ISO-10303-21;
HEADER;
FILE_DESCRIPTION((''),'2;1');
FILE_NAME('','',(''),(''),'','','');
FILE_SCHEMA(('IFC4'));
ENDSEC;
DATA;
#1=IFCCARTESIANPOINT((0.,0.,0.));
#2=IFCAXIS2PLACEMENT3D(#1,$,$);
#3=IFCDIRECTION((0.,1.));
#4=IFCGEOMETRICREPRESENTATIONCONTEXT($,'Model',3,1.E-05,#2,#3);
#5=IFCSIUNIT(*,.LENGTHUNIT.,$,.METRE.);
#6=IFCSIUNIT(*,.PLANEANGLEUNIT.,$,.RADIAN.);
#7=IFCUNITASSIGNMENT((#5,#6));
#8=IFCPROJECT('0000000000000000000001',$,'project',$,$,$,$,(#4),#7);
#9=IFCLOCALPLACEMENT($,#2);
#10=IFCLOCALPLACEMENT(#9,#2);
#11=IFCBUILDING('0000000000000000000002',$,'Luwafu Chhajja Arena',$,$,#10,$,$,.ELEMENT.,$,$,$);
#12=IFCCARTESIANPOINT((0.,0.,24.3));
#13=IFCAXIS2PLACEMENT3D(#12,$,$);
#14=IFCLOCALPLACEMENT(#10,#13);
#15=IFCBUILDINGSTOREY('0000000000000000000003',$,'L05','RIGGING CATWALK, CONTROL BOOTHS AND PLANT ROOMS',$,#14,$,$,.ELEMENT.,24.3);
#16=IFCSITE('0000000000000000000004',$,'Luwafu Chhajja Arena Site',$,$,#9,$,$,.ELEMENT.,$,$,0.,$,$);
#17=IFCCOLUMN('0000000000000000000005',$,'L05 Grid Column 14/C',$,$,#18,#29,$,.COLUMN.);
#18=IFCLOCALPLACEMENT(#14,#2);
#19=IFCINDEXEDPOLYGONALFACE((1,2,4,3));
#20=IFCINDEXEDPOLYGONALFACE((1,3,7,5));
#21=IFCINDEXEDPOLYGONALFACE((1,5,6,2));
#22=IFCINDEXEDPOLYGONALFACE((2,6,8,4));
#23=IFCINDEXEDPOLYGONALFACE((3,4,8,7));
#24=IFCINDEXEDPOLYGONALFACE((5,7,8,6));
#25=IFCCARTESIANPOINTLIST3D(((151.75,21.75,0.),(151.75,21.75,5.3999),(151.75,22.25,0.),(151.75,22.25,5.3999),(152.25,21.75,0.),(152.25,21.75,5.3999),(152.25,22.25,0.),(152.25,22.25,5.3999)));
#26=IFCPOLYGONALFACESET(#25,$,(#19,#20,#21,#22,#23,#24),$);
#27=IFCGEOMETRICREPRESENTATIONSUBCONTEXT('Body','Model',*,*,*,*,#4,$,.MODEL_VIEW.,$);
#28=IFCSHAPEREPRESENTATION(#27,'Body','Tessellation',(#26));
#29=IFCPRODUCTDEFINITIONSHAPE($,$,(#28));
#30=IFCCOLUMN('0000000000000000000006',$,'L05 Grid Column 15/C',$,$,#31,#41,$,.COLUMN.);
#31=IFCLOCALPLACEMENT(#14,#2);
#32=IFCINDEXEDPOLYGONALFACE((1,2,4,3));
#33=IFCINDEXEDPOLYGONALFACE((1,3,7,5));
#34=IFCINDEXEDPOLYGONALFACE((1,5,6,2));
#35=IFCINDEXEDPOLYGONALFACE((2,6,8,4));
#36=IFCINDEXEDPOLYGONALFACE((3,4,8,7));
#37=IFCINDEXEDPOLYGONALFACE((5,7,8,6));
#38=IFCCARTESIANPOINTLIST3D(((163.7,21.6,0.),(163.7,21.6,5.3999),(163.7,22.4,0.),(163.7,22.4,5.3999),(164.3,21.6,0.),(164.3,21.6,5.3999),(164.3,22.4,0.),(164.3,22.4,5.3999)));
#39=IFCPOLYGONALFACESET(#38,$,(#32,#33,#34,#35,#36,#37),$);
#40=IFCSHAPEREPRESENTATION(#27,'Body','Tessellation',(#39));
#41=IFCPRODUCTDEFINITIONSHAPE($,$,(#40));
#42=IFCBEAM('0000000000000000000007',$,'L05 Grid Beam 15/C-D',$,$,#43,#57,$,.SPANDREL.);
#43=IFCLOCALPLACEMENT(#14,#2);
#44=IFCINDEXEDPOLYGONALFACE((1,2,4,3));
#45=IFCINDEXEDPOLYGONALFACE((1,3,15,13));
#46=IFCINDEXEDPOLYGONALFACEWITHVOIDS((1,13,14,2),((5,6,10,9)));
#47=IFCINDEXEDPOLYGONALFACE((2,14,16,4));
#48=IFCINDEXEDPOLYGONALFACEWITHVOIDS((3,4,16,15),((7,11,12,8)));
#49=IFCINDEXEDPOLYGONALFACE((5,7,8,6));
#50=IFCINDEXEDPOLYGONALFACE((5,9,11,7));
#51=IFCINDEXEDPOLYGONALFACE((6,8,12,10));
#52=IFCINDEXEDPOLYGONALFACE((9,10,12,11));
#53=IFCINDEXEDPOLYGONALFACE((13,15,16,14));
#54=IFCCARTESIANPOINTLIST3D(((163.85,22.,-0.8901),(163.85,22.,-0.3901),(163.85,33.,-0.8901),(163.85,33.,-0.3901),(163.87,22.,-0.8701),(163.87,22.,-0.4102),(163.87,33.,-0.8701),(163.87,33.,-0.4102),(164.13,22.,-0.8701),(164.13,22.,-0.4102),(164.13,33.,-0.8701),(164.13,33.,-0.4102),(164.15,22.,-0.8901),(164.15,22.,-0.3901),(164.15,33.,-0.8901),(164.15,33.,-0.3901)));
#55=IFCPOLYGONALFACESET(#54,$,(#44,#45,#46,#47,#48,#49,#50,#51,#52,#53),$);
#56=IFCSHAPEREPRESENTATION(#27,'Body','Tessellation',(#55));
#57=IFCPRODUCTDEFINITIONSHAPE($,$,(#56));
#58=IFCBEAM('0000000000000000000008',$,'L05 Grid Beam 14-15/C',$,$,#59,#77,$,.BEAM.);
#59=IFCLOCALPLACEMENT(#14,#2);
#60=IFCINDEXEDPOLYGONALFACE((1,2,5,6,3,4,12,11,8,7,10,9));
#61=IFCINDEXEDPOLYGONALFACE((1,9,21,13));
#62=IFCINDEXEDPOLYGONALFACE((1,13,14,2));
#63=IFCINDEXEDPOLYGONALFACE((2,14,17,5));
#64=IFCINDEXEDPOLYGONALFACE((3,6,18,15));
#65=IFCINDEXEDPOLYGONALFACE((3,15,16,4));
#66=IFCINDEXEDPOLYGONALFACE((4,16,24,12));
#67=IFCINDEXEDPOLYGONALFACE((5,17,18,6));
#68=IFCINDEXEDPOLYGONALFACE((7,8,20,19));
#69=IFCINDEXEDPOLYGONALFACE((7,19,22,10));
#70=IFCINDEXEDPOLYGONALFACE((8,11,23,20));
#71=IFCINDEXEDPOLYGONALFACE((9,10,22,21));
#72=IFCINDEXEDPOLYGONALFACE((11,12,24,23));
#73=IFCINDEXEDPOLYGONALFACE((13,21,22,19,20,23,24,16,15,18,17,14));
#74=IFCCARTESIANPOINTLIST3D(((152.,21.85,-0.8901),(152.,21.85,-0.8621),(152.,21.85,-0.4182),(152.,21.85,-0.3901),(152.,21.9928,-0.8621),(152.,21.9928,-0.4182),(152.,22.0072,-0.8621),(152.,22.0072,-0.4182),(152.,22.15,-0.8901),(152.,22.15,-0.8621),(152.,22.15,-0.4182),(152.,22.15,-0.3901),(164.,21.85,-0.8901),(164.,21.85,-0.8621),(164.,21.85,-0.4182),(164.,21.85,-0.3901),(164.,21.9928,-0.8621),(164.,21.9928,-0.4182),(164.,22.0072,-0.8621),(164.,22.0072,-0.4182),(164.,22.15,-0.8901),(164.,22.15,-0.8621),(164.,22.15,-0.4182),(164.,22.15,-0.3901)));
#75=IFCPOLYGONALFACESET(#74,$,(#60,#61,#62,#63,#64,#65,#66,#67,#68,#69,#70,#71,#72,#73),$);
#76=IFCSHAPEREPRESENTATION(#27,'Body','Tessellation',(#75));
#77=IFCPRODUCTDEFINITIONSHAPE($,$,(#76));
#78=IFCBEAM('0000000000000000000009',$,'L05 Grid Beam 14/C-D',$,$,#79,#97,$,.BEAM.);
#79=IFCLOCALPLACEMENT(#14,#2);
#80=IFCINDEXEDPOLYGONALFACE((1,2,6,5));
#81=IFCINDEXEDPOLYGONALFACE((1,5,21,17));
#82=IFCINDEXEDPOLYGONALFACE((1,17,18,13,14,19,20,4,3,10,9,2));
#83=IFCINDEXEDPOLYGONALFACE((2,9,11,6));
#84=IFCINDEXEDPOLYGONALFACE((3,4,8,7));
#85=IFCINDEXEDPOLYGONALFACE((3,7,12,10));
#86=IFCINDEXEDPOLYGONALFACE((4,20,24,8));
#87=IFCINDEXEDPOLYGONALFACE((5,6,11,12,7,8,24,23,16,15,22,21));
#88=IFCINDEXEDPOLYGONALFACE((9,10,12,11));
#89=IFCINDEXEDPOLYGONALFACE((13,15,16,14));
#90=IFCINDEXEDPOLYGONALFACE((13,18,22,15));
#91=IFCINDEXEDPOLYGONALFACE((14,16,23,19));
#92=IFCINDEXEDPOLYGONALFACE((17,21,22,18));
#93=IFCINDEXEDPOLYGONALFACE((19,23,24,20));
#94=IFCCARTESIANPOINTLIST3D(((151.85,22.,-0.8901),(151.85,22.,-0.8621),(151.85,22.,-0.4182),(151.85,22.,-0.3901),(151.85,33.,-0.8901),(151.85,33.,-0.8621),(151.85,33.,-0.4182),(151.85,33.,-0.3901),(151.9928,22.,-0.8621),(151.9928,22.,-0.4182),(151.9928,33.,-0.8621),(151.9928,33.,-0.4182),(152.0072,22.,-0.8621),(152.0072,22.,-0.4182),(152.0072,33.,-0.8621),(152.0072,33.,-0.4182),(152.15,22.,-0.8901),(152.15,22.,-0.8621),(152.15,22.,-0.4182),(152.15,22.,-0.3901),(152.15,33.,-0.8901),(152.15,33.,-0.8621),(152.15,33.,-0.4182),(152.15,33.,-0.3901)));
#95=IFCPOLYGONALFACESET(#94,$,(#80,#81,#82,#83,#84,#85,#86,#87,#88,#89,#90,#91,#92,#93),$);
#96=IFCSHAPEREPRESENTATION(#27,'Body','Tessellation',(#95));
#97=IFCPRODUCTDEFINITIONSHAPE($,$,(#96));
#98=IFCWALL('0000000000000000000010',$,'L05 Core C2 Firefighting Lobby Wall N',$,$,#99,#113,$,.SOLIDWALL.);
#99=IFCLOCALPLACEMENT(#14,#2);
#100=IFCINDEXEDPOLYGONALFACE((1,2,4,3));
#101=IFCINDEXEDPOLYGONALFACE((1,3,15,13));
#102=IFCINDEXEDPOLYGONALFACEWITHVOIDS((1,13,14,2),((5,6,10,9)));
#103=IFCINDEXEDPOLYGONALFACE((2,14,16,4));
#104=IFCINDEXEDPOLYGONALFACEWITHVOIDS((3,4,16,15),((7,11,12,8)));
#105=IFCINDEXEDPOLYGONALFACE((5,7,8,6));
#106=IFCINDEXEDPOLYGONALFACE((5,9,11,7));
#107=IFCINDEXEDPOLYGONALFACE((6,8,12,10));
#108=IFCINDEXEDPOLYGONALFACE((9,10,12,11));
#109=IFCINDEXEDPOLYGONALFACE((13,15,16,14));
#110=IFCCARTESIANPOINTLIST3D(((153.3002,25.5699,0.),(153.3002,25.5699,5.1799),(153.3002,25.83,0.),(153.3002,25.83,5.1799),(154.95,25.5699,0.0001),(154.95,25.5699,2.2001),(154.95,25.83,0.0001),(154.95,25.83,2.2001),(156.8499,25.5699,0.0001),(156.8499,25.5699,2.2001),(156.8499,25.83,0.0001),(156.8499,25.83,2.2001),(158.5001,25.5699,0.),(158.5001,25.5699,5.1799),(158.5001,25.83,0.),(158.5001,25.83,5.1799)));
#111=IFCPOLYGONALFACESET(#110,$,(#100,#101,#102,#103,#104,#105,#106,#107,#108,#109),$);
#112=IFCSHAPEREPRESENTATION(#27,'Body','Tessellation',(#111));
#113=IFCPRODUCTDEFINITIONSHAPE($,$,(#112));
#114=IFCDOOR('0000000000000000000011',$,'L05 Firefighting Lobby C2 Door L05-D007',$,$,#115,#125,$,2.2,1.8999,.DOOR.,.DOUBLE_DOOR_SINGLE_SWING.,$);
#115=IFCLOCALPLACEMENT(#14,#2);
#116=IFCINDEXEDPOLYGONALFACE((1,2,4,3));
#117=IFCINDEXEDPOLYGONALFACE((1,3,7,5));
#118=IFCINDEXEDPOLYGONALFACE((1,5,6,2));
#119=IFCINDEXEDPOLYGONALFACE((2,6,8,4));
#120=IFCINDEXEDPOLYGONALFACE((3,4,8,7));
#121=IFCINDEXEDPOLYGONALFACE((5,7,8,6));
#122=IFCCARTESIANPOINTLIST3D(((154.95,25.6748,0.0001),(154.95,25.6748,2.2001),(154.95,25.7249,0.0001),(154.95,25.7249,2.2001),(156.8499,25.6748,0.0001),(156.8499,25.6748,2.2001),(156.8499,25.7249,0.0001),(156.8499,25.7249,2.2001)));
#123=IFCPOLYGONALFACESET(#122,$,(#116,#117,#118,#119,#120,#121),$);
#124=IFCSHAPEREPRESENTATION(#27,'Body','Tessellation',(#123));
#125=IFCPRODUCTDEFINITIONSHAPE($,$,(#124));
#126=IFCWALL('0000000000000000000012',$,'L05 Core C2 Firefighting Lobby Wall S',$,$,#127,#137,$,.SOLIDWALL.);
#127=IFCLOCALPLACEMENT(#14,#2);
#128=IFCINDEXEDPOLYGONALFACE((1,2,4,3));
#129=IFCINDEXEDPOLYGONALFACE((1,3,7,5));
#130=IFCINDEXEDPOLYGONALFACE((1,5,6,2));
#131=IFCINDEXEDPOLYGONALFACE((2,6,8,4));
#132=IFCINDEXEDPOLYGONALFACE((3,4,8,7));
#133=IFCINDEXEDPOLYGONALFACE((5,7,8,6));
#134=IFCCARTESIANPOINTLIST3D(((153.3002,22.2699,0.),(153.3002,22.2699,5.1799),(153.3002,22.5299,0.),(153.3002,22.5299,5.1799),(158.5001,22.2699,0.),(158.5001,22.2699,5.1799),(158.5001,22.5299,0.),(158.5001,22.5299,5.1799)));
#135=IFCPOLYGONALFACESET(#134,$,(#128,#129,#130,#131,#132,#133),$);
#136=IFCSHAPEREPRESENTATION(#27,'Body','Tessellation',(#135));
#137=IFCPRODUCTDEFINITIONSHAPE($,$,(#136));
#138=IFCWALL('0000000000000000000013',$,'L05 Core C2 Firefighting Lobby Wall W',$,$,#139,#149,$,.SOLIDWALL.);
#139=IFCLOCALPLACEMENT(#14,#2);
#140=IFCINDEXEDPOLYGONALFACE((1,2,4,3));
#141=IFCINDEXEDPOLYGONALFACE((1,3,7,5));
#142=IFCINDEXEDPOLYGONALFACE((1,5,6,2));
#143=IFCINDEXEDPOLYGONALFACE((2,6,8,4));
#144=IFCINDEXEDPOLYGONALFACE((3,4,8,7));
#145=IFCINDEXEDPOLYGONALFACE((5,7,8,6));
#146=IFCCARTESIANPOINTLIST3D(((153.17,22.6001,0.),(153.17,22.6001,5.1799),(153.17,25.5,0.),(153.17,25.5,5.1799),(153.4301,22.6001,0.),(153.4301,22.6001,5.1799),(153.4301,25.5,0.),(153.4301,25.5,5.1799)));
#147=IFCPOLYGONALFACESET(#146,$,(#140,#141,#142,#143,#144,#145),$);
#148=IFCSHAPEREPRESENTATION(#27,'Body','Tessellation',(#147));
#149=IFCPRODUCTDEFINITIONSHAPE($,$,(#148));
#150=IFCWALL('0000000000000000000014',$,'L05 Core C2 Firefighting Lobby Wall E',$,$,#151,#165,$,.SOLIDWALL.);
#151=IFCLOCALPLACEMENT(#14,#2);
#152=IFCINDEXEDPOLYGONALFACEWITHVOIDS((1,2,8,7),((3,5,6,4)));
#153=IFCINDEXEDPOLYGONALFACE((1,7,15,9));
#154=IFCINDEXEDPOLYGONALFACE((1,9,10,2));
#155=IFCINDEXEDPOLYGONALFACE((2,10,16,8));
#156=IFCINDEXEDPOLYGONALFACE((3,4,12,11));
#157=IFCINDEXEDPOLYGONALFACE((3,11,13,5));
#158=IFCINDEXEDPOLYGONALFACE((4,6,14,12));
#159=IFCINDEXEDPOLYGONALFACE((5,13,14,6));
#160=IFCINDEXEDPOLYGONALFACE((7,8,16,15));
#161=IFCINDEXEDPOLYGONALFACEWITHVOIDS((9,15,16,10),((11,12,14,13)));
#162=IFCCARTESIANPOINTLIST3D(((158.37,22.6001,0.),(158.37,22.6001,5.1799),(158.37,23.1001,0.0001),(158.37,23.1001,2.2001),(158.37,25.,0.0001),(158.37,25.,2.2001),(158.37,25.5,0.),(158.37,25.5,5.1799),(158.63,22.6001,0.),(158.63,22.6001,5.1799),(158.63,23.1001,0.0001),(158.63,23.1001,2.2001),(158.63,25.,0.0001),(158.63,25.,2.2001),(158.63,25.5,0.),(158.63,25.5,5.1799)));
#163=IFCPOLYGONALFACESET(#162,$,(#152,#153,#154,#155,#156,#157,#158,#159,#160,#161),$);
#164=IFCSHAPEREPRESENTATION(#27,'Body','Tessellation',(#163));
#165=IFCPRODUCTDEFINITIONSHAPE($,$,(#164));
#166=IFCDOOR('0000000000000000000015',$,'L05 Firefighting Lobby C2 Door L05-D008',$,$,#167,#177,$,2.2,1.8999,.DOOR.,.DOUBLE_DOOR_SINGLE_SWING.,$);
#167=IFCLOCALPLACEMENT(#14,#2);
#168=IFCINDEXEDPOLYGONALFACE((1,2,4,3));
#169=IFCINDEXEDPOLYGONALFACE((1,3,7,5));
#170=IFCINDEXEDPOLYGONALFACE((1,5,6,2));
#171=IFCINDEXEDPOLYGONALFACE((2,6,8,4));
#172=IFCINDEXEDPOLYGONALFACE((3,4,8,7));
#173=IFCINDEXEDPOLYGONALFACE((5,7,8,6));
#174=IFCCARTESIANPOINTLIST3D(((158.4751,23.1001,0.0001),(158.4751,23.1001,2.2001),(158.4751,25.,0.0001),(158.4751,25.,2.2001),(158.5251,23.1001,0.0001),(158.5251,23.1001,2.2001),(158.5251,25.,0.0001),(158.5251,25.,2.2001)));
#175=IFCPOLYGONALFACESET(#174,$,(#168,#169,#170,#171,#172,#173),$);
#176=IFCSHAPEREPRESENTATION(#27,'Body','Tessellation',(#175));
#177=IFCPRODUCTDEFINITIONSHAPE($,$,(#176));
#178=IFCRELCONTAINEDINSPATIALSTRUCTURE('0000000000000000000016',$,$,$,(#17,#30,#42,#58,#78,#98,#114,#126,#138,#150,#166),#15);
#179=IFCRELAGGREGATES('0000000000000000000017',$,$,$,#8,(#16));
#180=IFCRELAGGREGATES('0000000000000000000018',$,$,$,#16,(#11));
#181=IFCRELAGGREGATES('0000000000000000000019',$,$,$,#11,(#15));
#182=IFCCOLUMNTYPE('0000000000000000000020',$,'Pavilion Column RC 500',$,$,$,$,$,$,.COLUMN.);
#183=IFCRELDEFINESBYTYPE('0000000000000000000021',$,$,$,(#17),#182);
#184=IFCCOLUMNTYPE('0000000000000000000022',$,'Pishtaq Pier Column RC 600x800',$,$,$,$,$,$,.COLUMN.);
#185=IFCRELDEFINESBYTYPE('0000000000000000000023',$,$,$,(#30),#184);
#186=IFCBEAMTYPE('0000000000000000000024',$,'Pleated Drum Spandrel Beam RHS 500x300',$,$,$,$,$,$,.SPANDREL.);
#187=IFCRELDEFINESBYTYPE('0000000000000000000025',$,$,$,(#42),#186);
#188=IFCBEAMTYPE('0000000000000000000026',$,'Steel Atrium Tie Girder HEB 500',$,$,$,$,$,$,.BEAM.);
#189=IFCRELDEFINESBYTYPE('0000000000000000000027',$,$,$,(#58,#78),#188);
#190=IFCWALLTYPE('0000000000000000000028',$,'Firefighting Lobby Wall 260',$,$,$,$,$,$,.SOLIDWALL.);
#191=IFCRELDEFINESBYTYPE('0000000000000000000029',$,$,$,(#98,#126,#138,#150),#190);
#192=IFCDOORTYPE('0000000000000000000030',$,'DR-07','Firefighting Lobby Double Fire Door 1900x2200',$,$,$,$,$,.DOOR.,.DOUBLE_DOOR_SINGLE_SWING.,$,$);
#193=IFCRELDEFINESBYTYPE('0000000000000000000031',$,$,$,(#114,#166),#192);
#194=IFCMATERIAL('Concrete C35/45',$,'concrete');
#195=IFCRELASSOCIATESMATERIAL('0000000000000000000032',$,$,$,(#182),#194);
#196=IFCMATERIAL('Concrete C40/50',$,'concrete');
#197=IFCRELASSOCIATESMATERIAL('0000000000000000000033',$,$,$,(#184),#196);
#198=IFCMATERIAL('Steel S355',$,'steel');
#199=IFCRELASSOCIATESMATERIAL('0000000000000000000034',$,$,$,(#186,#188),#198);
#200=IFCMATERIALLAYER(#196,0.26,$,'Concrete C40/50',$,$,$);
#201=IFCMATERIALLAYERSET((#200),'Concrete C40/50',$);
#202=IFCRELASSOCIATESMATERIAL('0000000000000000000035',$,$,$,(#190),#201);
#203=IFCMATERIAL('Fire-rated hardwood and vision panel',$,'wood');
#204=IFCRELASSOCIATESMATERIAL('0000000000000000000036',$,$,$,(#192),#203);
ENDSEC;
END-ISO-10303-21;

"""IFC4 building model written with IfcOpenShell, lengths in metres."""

from ifc_helpers import new_model, si_unit, direction, frame, frame_2d, origin, origin_2d, place, context, subcontext, project, spatial, rectangle, hollow_rectangle, i_section, extrude, material, layer, layer_set, material_profile, profile_set, type_object, element, fill, save


model = new_model("IFC4")

# Units and contexts
model_context = context("Model", 3, precision=1e-05, world=origin(), true_north=direction((0.0, 1.0)))
body_context = subcontext(model_context, "Body", "Model", "MODEL_VIEW")
ifc_project = project(units=[si_unit("LENGTHUNIT", "METRE"), si_unit("PLANEANGLEUNIT", "RADIAN")], contexts=[model_context])

# Site, building, storey
site_placement = place(None, origin())
site = spatial("IfcSite", under=ifc_project, at=site_placement, Name="Luwafu Chhajja Arena Site", CompositionType="ELEMENT", RefElevation=0.0)
building_placement = place(site_placement, origin())
building = spatial("IfcBuilding", under=site, at=building_placement, Name="Luwafu Chhajja Arena", CompositionType="ELEMENT")
storey_placement = place(building_placement, frame((0.0, 0.0, 24.3)))
storey = spatial("IfcBuildingStorey", under=building, at=storey_placement, Name="L05", Description="RIGGING CATWALK, CONTROL BOOTHS AND PLANT ROOMS", CompositionType="ELEMENT", Elevation=24.3)

# Columns
ifc_material_1 = material(Name="Concrete C35/45", Category="concrete")
ifc_material_profile_1 = material_profile(ifc_material_1, rectangle(XDim=0.5, YDim=0.5, at=origin_2d()), Name="RC 500x500")
ifc_profile_set_1 = profile_set([ifc_material_profile_1], Name="Concrete C35/45")
column_type_1 = type_object("IfcColumnType", Name="Pavilion Column RC 500", PredefinedType="COLUMN", material=ifc_profile_set_1)
column_1_placement = place(storey_placement, frame((152.0, 22.0, 0.0), z_axis=(0.0, 0.0, 1.0), x_axis=(1.0, 0.0, 0.0)))
element("IfcColumn", 1, at=column_1_placement, inside=storey, type_object=column_type_1, Name="L05 Grid Column 14/C", PredefinedType="COLUMN", context=body_context, shape_type="SweptSolid", body=[
    extrude(rectangle(XDim=0.5, YDim=0.5, at=origin_2d()), origin(), (0.0, 0.0, 1.0), 5.3999),
])
ifc_material_2 = material(Name="Concrete C40/50", Category="concrete")
ifc_material_profile_2 = material_profile(ifc_material_2, rectangle(XDim=0.6001, YDim=0.8, at=origin_2d()), Name="RC 600x800")
ifc_profile_set_2 = profile_set([ifc_material_profile_2], Name="Concrete C40/50")
column_type_2 = type_object("IfcColumnType", Name="Pishtaq Pier Column RC 600x800", PredefinedType="COLUMN", material=ifc_profile_set_2)
column_2_placement = place(storey_placement, frame((164.0, 22.0, 0.0), z_axis=(0.0, 0.0, 1.0), x_axis=(1.0, 0.0, 0.0)))
element("IfcColumn", 2, at=column_2_placement, inside=storey, type_object=column_type_2, Name="L05 Grid Column 15/C", PredefinedType="COLUMN", context=body_context, shape_type="SweptSolid", body=[
    extrude(rectangle(XDim=0.6001, YDim=0.8, at=origin_2d()), origin(), (0.0, 0.0, 1.0), 5.3999),
])

# Beams
ifc_material_3 = material(Name="Steel S355", Category="steel")
ifc_material_profile_3 = material_profile(ifc_material_3, hollow_rectangle(XDim=0.3, YDim=0.5, WallThickness=0.02, at=origin_2d()), Name="RHS 500x300x20")
ifc_profile_set_3 = profile_set([ifc_material_profile_3], Name="Steel S355")
beam_type_1 = type_object("IfcBeamType", Name="Pleated Drum Spandrel Beam RHS 500x300", PredefinedType="SPANDREL", material=ifc_profile_set_3)
beam_1_placement = place(storey_placement, frame((164.0, 22.0, -0.6401), z_axis=(0.0, 1.0, 0.0), x_axis=(-1.0, 0.0, 0.0)))
element("IfcBeam", 3, at=beam_1_placement, inside=storey, type_object=beam_type_1, Name="L05 Grid Beam 15/C-D", PredefinedType="SPANDREL", context=body_context, shape_type="SweptSolid", body=[
    extrude(hollow_rectangle(XDim=0.3, YDim=0.5, WallThickness=0.02, at=origin_2d()), origin(), (0.0, 0.0, 1.0), 11.0),
])
ifc_material_profile_4 = material_profile(ifc_material_3, i_section(OverallWidth=0.3, OverallDepth=0.5, WebThickness=0.0144, FlangeThickness=0.0281, at=origin_2d()), Name="HEB 500")
ifc_profile_set_4 = profile_set([ifc_material_profile_4], Name="Steel S355")
beam_type_2 = type_object("IfcBeamType", Name="Steel Atrium Tie Girder HEB 500", PredefinedType="BEAM", material=ifc_profile_set_4)
beam_2_placement = place(storey_placement, frame((152.0, 22.0, -0.6401), z_axis=(1.0, 0.0, 0.0), x_axis=(0.0, 1.0, 0.0)))
element("IfcBeam", 4, at=beam_2_placement, inside=storey, type_object=beam_type_2, Name="L05 Grid Beam 14-15/C", PredefinedType="BEAM", context=body_context, shape_type="SweptSolid", body=[
    extrude(i_section(OverallWidth=0.3, OverallDepth=0.5, WebThickness=0.0144, FlangeThickness=0.0281, at=origin_2d()), origin(), (0.0, 0.0, 1.0), 12.0),
])
beam_3_placement = place(storey_placement, frame((152.0, 22.0, -0.6401), z_axis=(0.0, 1.0, 0.0), x_axis=(-1.0, 0.0, 0.0)))
element("IfcBeam", 5, at=beam_3_placement, inside=storey, type_object=beam_type_2, Name="L05 Grid Beam 14/C-D", PredefinedType="BEAM", context=body_context, shape_type="SweptSolid", body=[
    extrude(i_section(OverallWidth=0.3, OverallDepth=0.5, WebThickness=0.0144, FlangeThickness=0.0281, at=origin_2d()), origin(), (0.0, 0.0, 1.0), 11.0),
])

# Wall, opening, door
ifc_layer_1 = layer(ifc_material_2, 0.26, Name="Concrete C40/50")
ifc_layer_set_1 = layer_set([ifc_layer_1], Name="Concrete C40/50")
wall_type_1 = type_object("IfcWallType", Name="Firefighting Lobby Wall 260", PredefinedType="SOLIDWALL", material=ifc_layer_set_1)
wall_1_placement = place(storey_placement, frame((153.3, 25.7, 0.0), z_axis=(0.0, 0.0, 1.0), x_axis=(1.0, 0.0, 0.0)))
wall_1 = element("IfcWall", 6, at=wall_1_placement, inside=storey, type_object=wall_type_1, Name="L05 Core C2 Firefighting Lobby Wall N", PredefinedType="SOLIDWALL", context=body_context, shape_type="SweptSolid", body=[
    extrude(rectangle(XDim=5.2, YDim=0.26, at=frame_2d((2.6001, 0.0))), origin(), (0.0, 0.0, 1.0), 5.1799),
])
opening_1_placement = place(wall_1_placement, frame((1.6499, 0.0, 0.0)))
opening_1 = element("IfcOpeningElement", 7, at=opening_1_placement, cuts=wall_1, PredefinedType="OPENING", context=body_context, shape_type="SweptSolid", body=[
    extrude(rectangle(XDim=1.8999, YDim=2.2, at=frame_2d((0.95, 1.1001))), frame((0.0, 0.1399, 0.0), z_axis=(0.0, -1.0, 0.0), x_axis=(1.0, 0.0, 0.0)), (0.0, 0.0, 1.0), 0.28),
])
ifc_material_4 = material(Name="Fire-rated hardwood and vision panel", Category="wood")
door_type_1 = type_object("IfcDoorType", Name="DR-07", Description="Firefighting Lobby Double Fire Door 1900x2200", OperationType="DOUBLE_DOOR_SINGLE_SWING", PredefinedType="DOOR", material=ifc_material_4)
door_1_placement = place(opening_1_placement, origin())
door_1 = element("IfcDoor", 8, at=door_1_placement, inside=storey, type_object=door_type_1, Name="L05 Firefighting Lobby C2 Door L05-D007", OperationType="DOUBLE_DOOR_SINGLE_SWING", OverallHeight=2.2, OverallWidth=1.8999, PredefinedType="DOOR", context=body_context, shape_type="SweptSolid", body=[
    extrude(rectangle(XDim=1.8999, YDim=2.2, at=frame_2d((0.95, 1.1001))), frame((0.0, 0.0249, 0.0), z_axis=(0.0, -1.0, 0.0), x_axis=(1.0, 0.0, 0.0)), (0.0, 0.0, 1.0), 0.05),
])
fill(opening_1, door_1)

# Walls
wall_2_placement = place(storey_placement, frame((153.3, 22.3999, 0.0), z_axis=(0.0, 0.0, 1.0), x_axis=(1.0, 0.0, 0.0)))
element("IfcWall", 9, at=wall_2_placement, inside=storey, type_object=wall_type_1, Name="L05 Core C2 Firefighting Lobby Wall S", PredefinedType="SOLIDWALL", context=body_context, shape_type="SweptSolid", body=[
    extrude(rectangle(XDim=5.2, YDim=0.26, at=frame_2d((2.6001, 0.0))), origin(), (0.0, 0.0, 1.0), 5.1799),
])
wall_3_placement = place(storey_placement, frame((153.3, 22.6001, 0.0), z_axis=(0.0, 0.0, 1.0), x_axis=(0.0, 1.0, 0.0)))
element("IfcWall", 10, at=wall_3_placement, inside=storey, type_object=wall_type_1, Name="L05 Core C2 Firefighting Lobby Wall W", PredefinedType="SOLIDWALL", context=body_context, shape_type="SweptSolid", body=[
    extrude(rectangle(XDim=2.8999, YDim=0.26, at=frame_2d((1.45, 0.0))), origin(), (0.0, 0.0, 1.0), 5.1799),
])

# Wall, opening, door
wall_4_placement = place(storey_placement, frame((158.5, 22.6001, 0.0), z_axis=(0.0, 0.0, 1.0), x_axis=(0.0, 1.0, 0.0)))
wall_4 = element("IfcWall", 11, at=wall_4_placement, inside=storey, type_object=wall_type_1, Name="L05 Core C2 Firefighting Lobby Wall E", PredefinedType="SOLIDWALL", context=body_context, shape_type="SweptSolid", body=[
    extrude(rectangle(XDim=2.8999, YDim=0.26, at=frame_2d((1.45, 0.0))), origin(), (0.0, 0.0, 1.0), 5.1799),
])
opening_2_placement = place(wall_4_placement, frame((0.5, 0.0, 0.0)))
opening_2 = element("IfcOpeningElement", 12, at=opening_2_placement, cuts=wall_4, PredefinedType="OPENING", context=body_context, shape_type="SweptSolid", body=[
    extrude(rectangle(XDim=1.8999, YDim=2.2, at=frame_2d((0.95, 1.1001))), frame((0.0, 0.1399, 0.0), z_axis=(0.0, -1.0, 0.0), x_axis=(1.0, 0.0, 0.0)), (0.0, 0.0, 1.0), 0.28),
])
door_2_placement = place(opening_2_placement, origin())
door_2 = element("IfcDoor", 13, at=door_2_placement, inside=storey, type_object=door_type_1, Name="L05 Firefighting Lobby C2 Door L05-D008", OperationType="DOUBLE_DOOR_SINGLE_SWING", OverallHeight=2.2, OverallWidth=1.8999, PredefinedType="DOOR", context=body_context, shape_type="SweptSolid", body=[
    extrude(rectangle(XDim=1.8999, YDim=2.2, at=frame_2d((0.95, 1.1001))), frame((0.0, 0.0249, 0.0), z_axis=(0.0, -1.0, 0.0), x_axis=(1.0, 0.0, 0.0)), (0.0, 0.0, 1.0), 0.05),
])
fill(opening_2, door_2)

save(model, "model.ifc")
